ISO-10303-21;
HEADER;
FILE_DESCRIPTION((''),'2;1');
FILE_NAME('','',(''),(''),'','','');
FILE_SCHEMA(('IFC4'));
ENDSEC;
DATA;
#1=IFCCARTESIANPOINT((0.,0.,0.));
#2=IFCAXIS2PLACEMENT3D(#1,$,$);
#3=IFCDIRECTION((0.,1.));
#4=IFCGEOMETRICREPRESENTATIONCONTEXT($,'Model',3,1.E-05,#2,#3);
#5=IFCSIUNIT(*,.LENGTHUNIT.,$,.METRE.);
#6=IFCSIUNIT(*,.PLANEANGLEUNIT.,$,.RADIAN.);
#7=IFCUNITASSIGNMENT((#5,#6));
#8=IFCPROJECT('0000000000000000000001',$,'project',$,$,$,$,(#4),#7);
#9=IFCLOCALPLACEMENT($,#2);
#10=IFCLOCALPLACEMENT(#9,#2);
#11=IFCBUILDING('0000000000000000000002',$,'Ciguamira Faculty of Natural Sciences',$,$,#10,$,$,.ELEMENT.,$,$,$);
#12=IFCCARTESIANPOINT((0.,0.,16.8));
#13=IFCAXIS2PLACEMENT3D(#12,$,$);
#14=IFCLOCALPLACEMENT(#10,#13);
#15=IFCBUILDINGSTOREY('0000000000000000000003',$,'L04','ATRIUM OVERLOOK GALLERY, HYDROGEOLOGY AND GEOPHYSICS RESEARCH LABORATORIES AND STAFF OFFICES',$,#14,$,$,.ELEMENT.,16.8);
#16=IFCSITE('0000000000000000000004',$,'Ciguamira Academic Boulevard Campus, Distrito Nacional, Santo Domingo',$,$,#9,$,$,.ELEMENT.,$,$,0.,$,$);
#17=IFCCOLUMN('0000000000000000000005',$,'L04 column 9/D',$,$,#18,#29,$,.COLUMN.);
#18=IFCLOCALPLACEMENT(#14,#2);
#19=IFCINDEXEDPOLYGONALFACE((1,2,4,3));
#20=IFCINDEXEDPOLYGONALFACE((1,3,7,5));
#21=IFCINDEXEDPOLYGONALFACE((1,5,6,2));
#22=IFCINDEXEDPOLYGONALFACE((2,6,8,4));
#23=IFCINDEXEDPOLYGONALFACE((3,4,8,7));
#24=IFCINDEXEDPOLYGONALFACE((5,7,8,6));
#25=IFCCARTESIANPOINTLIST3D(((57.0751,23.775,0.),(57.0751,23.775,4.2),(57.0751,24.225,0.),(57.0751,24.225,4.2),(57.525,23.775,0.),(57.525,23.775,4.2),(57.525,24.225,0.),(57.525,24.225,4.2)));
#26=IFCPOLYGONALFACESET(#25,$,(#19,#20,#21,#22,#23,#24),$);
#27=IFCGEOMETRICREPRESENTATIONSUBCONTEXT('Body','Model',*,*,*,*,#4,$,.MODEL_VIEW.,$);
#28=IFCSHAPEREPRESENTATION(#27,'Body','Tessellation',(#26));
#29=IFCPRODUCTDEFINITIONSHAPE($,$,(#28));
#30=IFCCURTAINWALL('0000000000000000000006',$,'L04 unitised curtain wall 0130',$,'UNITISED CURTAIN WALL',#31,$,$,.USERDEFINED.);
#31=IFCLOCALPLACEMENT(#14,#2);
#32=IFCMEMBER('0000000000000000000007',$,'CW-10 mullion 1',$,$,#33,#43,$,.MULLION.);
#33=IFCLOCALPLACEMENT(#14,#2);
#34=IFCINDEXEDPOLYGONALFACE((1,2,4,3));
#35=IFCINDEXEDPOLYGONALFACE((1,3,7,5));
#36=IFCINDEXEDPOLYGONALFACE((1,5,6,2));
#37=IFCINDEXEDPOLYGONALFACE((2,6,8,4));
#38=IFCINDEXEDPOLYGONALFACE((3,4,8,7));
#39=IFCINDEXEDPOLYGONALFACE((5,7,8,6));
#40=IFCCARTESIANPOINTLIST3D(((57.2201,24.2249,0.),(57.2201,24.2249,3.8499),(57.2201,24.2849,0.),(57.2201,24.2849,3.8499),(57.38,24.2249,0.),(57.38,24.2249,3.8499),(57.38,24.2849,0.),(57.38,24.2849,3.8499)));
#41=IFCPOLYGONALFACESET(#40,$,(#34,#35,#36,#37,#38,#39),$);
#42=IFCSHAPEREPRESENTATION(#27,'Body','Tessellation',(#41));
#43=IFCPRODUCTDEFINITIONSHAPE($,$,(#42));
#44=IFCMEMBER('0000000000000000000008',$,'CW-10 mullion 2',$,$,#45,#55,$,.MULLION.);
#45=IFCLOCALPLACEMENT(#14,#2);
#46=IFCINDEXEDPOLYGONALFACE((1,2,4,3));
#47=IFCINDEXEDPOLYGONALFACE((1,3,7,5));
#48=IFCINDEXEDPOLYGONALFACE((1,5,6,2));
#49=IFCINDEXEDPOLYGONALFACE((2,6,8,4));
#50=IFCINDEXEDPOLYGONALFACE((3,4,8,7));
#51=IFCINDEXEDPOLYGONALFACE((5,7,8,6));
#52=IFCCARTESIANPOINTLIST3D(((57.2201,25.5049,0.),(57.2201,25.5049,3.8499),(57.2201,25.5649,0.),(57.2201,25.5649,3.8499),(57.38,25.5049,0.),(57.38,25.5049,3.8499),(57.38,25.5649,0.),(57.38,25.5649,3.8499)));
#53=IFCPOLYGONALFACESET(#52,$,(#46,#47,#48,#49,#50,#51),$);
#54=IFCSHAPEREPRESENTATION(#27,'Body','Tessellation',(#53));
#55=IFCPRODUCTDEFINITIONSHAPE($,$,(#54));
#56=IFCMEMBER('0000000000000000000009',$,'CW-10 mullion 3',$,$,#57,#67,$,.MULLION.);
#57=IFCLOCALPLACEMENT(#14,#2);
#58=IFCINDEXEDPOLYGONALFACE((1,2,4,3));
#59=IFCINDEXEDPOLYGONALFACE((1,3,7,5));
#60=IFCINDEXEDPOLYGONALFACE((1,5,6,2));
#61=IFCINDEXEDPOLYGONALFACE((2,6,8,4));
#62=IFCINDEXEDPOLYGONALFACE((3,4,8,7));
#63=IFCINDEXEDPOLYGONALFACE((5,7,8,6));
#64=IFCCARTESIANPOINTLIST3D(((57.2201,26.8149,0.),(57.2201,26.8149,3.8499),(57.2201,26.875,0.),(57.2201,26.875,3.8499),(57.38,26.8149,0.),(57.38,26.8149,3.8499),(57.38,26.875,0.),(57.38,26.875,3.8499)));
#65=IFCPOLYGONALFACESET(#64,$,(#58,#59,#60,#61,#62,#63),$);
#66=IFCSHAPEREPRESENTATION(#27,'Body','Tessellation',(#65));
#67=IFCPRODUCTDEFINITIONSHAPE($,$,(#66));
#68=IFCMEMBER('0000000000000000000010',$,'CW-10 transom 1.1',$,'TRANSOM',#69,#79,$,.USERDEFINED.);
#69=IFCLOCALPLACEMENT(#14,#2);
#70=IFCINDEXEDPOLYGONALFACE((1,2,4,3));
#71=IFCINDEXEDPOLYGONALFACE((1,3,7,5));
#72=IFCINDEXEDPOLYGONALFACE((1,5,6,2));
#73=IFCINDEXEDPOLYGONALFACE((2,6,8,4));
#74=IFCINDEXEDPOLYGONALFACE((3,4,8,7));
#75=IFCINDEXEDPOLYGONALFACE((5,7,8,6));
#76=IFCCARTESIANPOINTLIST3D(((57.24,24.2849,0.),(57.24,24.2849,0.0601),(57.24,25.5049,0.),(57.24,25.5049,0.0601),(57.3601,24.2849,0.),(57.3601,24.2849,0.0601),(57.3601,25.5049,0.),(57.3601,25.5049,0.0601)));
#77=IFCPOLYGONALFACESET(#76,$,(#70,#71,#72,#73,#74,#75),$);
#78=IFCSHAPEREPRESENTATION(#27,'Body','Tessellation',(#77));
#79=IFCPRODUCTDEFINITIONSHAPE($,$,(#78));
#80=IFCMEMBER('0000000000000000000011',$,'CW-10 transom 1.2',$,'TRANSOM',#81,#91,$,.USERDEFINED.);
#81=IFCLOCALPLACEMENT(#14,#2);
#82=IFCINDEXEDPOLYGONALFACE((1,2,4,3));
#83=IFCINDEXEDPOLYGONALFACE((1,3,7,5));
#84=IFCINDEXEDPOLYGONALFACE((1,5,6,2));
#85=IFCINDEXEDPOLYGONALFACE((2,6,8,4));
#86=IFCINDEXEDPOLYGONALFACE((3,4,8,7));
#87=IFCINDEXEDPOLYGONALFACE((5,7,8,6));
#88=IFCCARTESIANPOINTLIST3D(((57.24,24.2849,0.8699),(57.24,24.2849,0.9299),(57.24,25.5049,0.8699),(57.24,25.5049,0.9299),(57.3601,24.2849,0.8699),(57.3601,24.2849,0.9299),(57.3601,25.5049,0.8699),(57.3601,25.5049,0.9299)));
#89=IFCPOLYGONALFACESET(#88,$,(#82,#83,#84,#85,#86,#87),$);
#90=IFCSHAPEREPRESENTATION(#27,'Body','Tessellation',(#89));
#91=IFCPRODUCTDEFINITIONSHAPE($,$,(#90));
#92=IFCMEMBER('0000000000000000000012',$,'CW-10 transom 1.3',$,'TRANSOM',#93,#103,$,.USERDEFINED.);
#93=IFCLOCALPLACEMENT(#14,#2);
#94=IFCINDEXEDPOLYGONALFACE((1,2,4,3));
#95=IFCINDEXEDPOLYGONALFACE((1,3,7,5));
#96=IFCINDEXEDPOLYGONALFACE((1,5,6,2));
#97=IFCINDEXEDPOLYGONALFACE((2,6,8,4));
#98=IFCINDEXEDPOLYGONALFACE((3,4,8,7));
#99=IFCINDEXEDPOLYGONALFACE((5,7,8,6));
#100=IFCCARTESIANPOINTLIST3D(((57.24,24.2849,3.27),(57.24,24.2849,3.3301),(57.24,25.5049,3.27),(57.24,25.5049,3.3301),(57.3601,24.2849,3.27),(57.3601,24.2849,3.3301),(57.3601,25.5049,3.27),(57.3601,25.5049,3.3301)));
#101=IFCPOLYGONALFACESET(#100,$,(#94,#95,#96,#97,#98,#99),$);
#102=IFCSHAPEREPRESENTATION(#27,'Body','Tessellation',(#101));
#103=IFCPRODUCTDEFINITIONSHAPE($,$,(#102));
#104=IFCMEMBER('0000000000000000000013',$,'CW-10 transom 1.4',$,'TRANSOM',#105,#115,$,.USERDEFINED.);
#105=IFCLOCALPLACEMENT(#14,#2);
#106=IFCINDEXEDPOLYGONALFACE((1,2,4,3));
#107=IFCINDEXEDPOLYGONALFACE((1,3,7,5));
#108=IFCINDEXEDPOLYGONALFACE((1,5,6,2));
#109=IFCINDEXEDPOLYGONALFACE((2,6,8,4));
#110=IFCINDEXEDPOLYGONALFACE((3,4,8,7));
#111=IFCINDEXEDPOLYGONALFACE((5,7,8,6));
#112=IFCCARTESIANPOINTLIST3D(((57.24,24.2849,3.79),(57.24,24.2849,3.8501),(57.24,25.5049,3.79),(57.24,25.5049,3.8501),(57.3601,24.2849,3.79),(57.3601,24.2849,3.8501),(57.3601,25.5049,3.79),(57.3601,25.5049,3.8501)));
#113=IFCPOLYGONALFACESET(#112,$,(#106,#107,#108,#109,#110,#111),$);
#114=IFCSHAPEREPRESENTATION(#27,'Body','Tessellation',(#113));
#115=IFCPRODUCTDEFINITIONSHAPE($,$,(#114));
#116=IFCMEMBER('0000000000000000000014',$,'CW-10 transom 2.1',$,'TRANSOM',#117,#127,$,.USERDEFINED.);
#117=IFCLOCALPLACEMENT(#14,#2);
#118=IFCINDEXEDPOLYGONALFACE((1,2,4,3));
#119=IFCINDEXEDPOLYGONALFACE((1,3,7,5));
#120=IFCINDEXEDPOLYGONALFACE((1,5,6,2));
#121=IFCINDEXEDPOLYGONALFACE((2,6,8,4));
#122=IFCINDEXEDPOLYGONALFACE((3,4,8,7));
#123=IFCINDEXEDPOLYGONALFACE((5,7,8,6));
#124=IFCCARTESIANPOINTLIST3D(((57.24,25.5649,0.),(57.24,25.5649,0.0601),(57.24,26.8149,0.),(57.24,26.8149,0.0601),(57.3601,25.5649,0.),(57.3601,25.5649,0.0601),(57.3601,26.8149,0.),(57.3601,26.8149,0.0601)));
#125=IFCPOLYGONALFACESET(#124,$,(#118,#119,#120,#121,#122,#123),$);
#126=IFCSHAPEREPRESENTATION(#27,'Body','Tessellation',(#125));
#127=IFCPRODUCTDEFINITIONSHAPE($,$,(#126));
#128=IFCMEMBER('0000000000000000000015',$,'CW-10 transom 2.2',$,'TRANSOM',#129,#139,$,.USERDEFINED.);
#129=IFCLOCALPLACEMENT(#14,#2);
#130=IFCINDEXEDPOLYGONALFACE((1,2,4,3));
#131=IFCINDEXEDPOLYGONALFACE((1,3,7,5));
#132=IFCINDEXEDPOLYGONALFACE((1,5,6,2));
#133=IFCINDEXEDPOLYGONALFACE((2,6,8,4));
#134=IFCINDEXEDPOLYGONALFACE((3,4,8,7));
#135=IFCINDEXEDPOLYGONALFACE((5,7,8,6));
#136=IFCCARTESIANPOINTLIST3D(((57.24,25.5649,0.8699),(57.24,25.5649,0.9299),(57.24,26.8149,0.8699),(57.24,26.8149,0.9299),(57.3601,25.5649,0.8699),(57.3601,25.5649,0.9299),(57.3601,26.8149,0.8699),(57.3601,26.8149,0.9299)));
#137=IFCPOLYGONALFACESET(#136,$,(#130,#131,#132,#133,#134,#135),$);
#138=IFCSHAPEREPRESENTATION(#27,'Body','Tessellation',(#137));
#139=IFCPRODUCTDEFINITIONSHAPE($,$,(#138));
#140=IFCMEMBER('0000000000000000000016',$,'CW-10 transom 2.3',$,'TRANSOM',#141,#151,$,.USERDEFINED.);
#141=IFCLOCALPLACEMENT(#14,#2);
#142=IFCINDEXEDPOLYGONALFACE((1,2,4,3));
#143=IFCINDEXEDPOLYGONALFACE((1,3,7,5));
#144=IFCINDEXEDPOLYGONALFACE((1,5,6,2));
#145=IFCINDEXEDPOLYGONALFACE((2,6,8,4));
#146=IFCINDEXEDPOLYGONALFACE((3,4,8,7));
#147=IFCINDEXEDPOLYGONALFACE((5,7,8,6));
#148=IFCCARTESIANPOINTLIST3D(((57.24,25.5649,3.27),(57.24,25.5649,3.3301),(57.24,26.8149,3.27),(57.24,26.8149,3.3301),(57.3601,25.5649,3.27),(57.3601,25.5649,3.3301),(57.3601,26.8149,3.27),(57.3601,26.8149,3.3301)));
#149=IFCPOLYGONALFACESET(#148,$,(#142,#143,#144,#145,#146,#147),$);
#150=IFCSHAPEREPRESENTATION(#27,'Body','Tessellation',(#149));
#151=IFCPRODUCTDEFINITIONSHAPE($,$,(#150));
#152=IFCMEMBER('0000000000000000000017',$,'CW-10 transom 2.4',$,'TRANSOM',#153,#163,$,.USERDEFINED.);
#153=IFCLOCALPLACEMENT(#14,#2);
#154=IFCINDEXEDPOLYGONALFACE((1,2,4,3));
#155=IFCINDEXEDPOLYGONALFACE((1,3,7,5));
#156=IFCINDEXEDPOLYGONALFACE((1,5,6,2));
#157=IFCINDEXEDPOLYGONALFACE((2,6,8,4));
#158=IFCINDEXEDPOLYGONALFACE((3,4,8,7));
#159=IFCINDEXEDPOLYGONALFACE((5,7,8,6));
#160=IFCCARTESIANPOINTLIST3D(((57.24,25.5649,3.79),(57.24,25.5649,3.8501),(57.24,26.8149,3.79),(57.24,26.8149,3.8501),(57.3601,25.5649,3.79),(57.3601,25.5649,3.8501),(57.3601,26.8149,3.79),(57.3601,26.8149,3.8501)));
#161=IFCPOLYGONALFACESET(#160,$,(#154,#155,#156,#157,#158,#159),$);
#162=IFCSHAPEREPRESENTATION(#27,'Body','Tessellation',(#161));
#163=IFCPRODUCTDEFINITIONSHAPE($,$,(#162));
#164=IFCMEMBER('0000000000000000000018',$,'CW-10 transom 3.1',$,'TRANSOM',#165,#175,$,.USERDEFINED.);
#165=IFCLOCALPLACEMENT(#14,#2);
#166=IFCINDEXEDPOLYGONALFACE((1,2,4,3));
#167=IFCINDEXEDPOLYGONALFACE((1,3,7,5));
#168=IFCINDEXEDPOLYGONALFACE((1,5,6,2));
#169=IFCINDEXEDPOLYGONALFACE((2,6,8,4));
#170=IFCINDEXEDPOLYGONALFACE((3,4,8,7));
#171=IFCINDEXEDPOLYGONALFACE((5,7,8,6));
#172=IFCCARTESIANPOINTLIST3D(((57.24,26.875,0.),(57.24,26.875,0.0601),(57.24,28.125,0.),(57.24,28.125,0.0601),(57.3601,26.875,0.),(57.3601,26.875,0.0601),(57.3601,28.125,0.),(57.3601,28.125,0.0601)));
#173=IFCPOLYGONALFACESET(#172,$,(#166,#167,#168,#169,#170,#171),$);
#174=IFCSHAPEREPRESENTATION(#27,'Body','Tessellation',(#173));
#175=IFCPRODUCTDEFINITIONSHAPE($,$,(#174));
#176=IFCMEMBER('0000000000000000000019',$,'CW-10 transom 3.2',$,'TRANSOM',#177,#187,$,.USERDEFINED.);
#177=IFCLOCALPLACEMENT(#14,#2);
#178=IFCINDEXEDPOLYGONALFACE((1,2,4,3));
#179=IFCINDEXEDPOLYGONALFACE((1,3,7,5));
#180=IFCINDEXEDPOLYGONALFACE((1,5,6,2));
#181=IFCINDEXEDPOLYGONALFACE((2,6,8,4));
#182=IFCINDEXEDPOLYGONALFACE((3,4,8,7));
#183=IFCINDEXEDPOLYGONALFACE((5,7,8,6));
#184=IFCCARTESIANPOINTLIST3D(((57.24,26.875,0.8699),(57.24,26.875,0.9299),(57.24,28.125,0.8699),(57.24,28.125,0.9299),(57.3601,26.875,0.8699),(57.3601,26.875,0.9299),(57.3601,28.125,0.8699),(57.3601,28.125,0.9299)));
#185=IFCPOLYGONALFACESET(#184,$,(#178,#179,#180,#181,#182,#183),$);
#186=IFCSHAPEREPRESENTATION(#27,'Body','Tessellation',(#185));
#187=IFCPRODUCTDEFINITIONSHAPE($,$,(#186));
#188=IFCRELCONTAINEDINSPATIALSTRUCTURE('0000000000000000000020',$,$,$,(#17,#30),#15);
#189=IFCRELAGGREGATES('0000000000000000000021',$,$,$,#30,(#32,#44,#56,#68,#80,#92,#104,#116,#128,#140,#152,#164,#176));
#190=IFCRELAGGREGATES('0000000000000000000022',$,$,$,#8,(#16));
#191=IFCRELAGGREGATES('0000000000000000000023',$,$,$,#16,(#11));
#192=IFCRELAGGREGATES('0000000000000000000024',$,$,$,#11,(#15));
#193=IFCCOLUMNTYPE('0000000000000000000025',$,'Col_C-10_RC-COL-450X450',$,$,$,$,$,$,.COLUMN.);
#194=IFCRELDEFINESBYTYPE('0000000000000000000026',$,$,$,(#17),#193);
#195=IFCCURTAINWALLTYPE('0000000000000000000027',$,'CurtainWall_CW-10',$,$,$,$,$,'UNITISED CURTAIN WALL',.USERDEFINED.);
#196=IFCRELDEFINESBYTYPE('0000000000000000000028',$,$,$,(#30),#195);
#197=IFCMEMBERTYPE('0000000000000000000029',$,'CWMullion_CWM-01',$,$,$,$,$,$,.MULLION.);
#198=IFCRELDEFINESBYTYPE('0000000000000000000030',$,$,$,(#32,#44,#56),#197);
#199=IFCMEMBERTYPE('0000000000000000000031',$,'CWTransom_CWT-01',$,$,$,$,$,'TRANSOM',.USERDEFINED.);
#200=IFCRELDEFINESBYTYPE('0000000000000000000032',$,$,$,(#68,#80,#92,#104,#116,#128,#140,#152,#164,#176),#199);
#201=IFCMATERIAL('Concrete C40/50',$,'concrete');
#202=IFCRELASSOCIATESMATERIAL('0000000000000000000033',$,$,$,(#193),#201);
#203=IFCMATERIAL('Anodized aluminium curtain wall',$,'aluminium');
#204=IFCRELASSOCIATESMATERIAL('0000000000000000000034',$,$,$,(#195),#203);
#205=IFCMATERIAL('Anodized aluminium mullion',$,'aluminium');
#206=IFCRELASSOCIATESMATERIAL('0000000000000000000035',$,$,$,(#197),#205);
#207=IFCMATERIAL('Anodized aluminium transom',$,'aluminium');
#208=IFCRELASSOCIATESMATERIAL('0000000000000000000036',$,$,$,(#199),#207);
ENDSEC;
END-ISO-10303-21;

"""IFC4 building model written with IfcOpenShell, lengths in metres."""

from ifc_helpers import new_model, si_unit, direction, frame, origin, origin_2d, place, context, subcontext, project, spatial, rectangle, extrude, material, material_profile, profile_set, type_object, element, aggregate, save


model = new_model("IFC4")

# Units and contexts
model_context = context("Model", 3, precision=1e-05, world=origin(), true_north=direction((0.0, 1.0)))
body_context = subcontext(model_context, "Body", "Model", "MODEL_VIEW")
ifc_project = project(units=[si_unit("LENGTHUNIT", "METRE"), si_unit("PLANEANGLEUNIT", "RADIAN")], contexts=[model_context])

# Site, building, storey
site_placement = place(None, origin())
site = spatial("IfcSite", under=ifc_project, at=site_placement, Name="Ciguamira Academic Boulevard Campus, Distrito Nacional, Santo Domingo", CompositionType="ELEMENT", RefElevation=0.0)
building_placement = place(site_placement, origin())
building = spatial("IfcBuilding", under=site, at=building_placement, Name="Ciguamira Faculty of Natural Sciences", CompositionType="ELEMENT")
storey_placement = place(building_placement, frame((0.0, 0.0, 16.8)))
storey = spatial("IfcBuildingStorey", under=building, at=storey_placement, Name="L04", Description="ATRIUM OVERLOOK GALLERY, HYDROGEOLOGY AND GEOPHYSICS RESEARCH LABORATORIES AND STAFF OFFICES", CompositionType="ELEMENT", Elevation=16.8)

# Column
ifc_material_1 = material(Name="Concrete C40/50", Category="concrete")
ifc_material_profile_1 = material_profile(ifc_material_1, rectangle(XDim=0.45, YDim=0.45, at=origin_2d()), Name="RC-COL-450X450")
ifc_profile_set_1 = profile_set([ifc_material_profile_1], Name="Concrete C40/50")
column_type = type_object("IfcColumnType", Name="Col_C-10_RC-COL-450X450", PredefinedType="COLUMN", material=ifc_profile_set_1)
column_placement = place(storey_placement, frame((57.3, 24.0, 0.0), z_axis=(0.0, 0.0, 1.0), x_axis=(1.0, 0.0, 0.0)))
element("IfcColumn", 1, at=column_placement, inside=storey, type_object=column_type, Name="L04 column 9/D", PredefinedType="COLUMN", context=body_context, shape_type="SweptSolid", body=[
    extrude(rectangle(XDim=0.45, YDim=0.45, at=origin_2d()), origin(), (0.0, 0.0, 1.0), 4.2),
])

# Curtain wall, members
ifc_material_2 = material(Name="Anodized aluminium curtain wall", Category="aluminium")
curtain_wall_type = type_object("IfcCurtainWallType", Name="CurtainWall_CW-10", ElementType="UNITISED CURTAIN WALL", PredefinedType="USERDEFINED", material=ifc_material_2)
curtain_wall_placement = place(storey_placement, origin())
curtain_wall = element("IfcCurtainWall", 2, at=curtain_wall_placement, inside=storey, type_object=curtain_wall_type, Name="L04 unitised curtain wall 0130", ObjectType="UNITISED CURTAIN WALL", PredefinedType="USERDEFINED")
ifc_material_3 = material(Name="Anodized aluminium mullion", Category="aluminium")
ifc_material_profile_2 = material_profile(ifc_material_3, rectangle(XDim=0.0601, YDim=0.1599, at=origin_2d()), Name="ALU-MUL-60X160")
ifc_profile_set_2 = profile_set([ifc_material_profile_2], Name="Anodized aluminium mullion")
member_type_1 = type_object("IfcMemberType", Name="CWMullion_CWM-01", PredefinedType="MULLION", material=ifc_profile_set_2)
member_1_placement = place(storey_placement, frame((57.3, 24.2549, 0.0), z_axis=(0.0, 0.0, 1.0), x_axis=(0.0, 1.0, 0.0)))
member_1 = element("IfcMember", 3, at=member_1_placement, type_object=member_type_1, Name="CW-10 mullion 1", PredefinedType="MULLION", context=body_context, shape_type="SweptSolid", body=[
    extrude(rectangle(XDim=0.0601, YDim=0.1599, at=origin_2d()), origin(), (0.0, 0.0, 1.0), 3.8499),
])
member_2_placement = place(storey_placement, frame((57.3, 25.5349, 0.0), z_axis=(0.0, 0.0, 1.0), x_axis=(0.0, 1.0, 0.0)))
member_2 = element("IfcMember", 4, at=member_2_placement, type_object=member_type_1, Name="CW-10 mullion 2", PredefinedType="MULLION", context=body_context, shape_type="SweptSolid", body=[
    extrude(rectangle(XDim=0.0601, YDim=0.1599, at=origin_2d()), origin(), (0.0, 0.0, 1.0), 3.8499),
])
member_3_placement = place(storey_placement, frame((57.3, 26.845, 0.0), z_axis=(0.0, 0.0, 1.0), x_axis=(0.0, 1.0, 0.0)))
member_3 = element("IfcMember", 5, at=member_3_placement, type_object=member_type_1, Name="CW-10 mullion 3", PredefinedType="MULLION", context=body_context, shape_type="SweptSolid", body=[
    extrude(rectangle(XDim=0.0601, YDim=0.1599, at=origin_2d()), origin(), (0.0, 0.0, 1.0), 3.8499),
])
ifc_material_4 = material(Name="Anodized aluminium transom", Category="aluminium")
ifc_material_profile_3 = material_profile(ifc_material_4, rectangle(XDim=0.0601, YDim=0.1201, at=origin_2d()), Name="ALU-TRN-60X120")
ifc_profile_set_3 = profile_set([ifc_material_profile_3], Name="Anodized aluminium transom")
member_type_2 = type_object("IfcMemberType", Name="CWTransom_CWT-01", ElementType="TRANSOM", PredefinedType="USERDEFINED", material=ifc_profile_set_3)
member_4_placement = place(storey_placement, frame((57.3, 24.2849, 0.03), z_axis=(0.0, 1.0, 0.0), x_axis=(0.0, 0.0, 1.0)))
member_4 = element("IfcMember", 6, at=member_4_placement, type_object=member_type_2, Name="CW-10 transom 1.1", ObjectType="TRANSOM", PredefinedType="USERDEFINED", context=body_context, shape_type="SweptSolid", body=[
    extrude(rectangle(XDim=0.0601, YDim=0.1201, at=origin_2d()), origin(), (0.0, 0.0, 1.0), 1.22),
])
member_5_placement = place(storey_placement, frame((57.3, 24.2849, 0.8999), z_axis=(0.0, 1.0, 0.0), x_axis=(0.0, 0.0, 1.0)))
member_5 = element("IfcMember", 7, at=member_5_placement, type_object=member_type_2, Name="CW-10 transom 1.2", ObjectType="TRANSOM", PredefinedType="USERDEFINED", context=body_context, shape_type="SweptSolid", body=[
    extrude(rectangle(XDim=0.0601, YDim=0.1201, at=origin_2d()), origin(), (0.0, 0.0, 1.0), 1.22),
])
member_6_placement = place(storey_placement, frame((57.3, 24.2849, 3.3), z_axis=(0.0, 1.0, 0.0), x_axis=(0.0, 0.0, 1.0)))
member_6 = element("IfcMember", 8, at=member_6_placement, type_object=member_type_2, Name="CW-10 transom 1.3", ObjectType="TRANSOM", PredefinedType="USERDEFINED", context=body_context, shape_type="SweptSolid", body=[
    extrude(rectangle(XDim=0.0601, YDim=0.1201, at=origin_2d()), origin(), (0.0, 0.0, 1.0), 1.22),
])
member_7_placement = place(storey_placement, frame((57.3, 24.2849, 3.8201), z_axis=(0.0, 1.0, 0.0), x_axis=(0.0, 0.0, 1.0)))
member_7 = element("IfcMember", 9, at=member_7_placement, type_object=member_type_2, Name="CW-10 transom 1.4", ObjectType="TRANSOM", PredefinedType="USERDEFINED", context=body_context, shape_type="SweptSolid", body=[
    extrude(rectangle(XDim=0.0601, YDim=0.1201, at=origin_2d()), origin(), (0.0, 0.0, 1.0), 1.22),
])
member_8_placement = place(storey_placement, frame((57.3, 25.5649, 0.03), z_axis=(0.0, 1.0, 0.0), x_axis=(0.0, 0.0, 1.0)))
member_8 = element("IfcMember", 10, at=member_8_placement, type_object=member_type_2, Name="CW-10 transom 2.1", ObjectType="TRANSOM", PredefinedType="USERDEFINED", context=body_context, shape_type="SweptSolid", body=[
    extrude(rectangle(XDim=0.0601, YDim=0.1201, at=origin_2d()), origin(), (0.0, 0.0, 1.0), 1.25),
])
member_9_placement = place(storey_placement, frame((57.3, 25.5649, 0.8999), z_axis=(0.0, 1.0, 0.0), x_axis=(0.0, 0.0, 1.0)))
member_9 = element("IfcMember", 11, at=member_9_placement, type_object=member_type_2, Name="CW-10 transom 2.2", ObjectType="TRANSOM", PredefinedType="USERDEFINED", context=body_context, shape_type="SweptSolid", body=[
    extrude(rectangle(XDim=0.0601, YDim=0.1201, at=origin_2d()), origin(), (0.0, 0.0, 1.0), 1.25),
])
member_10_placement = place(storey_placement, frame((57.3, 25.5649, 3.3), z_axis=(0.0, 1.0, 0.0), x_axis=(0.0, 0.0, 1.0)))
member_10 = element("IfcMember", 12, at=member_10_placement, type_object=member_type_2, Name="CW-10 transom 2.3", ObjectType="TRANSOM", PredefinedType="USERDEFINED", context=body_context, shape_type="SweptSolid", body=[
    extrude(rectangle(XDim=0.0601, YDim=0.1201, at=origin_2d()), origin(), (0.0, 0.0, 1.0), 1.25),
])
member_11_placement = place(storey_placement, frame((57.3, 25.5649, 3.8201), z_axis=(0.0, 1.0, 0.0), x_axis=(0.0, 0.0, 1.0)))
member_11 = element("IfcMember", 13, at=member_11_placement, type_object=member_type_2, Name="CW-10 transom 2.4", ObjectType="TRANSOM", PredefinedType="USERDEFINED", context=body_context, shape_type="SweptSolid", body=[
    extrude(rectangle(XDim=0.0601, YDim=0.1201, at=origin_2d()), origin(), (0.0, 0.0, 1.0), 1.25),
])
member_12_placement = place(storey_placement, frame((57.3, 26.875, 0.03), z_axis=(0.0, 1.0, 0.0), x_axis=(0.0, 0.0, 1.0)))
member_12 = element("IfcMember", 14, at=member_12_placement, type_object=member_type_2, Name="CW-10 transom 3.1", ObjectType="TRANSOM", PredefinedType="USERDEFINED", context=body_context, shape_type="SweptSolid", body=[
    extrude(rectangle(XDim=0.0601, YDim=0.1201, at=origin_2d()), origin(), (0.0, 0.0, 1.0), 1.25),
])
member_13_placement = place(storey_placement, frame((57.3, 26.875, 0.8999), z_axis=(0.0, 1.0, 0.0), x_axis=(0.0, 0.0, 1.0)))
member_13 = element("IfcMember", 15, at=member_13_placement, type_object=member_type_2, Name="CW-10 transom 3.2", ObjectType="TRANSOM", PredefinedType="USERDEFINED", context=body_context, shape_type="SweptSolid", body=[
    extrude(rectangle(XDim=0.0601, YDim=0.1201, at=origin_2d()), origin(), (0.0, 0.0, 1.0), 1.25),
])

aggregate(curtain_wall, [member_1, member_2, member_3, member_4, member_5, member_6, member_7, member_8, member_9, member_10, member_11, member_12, member_13])

save(model, "model.ifc")
